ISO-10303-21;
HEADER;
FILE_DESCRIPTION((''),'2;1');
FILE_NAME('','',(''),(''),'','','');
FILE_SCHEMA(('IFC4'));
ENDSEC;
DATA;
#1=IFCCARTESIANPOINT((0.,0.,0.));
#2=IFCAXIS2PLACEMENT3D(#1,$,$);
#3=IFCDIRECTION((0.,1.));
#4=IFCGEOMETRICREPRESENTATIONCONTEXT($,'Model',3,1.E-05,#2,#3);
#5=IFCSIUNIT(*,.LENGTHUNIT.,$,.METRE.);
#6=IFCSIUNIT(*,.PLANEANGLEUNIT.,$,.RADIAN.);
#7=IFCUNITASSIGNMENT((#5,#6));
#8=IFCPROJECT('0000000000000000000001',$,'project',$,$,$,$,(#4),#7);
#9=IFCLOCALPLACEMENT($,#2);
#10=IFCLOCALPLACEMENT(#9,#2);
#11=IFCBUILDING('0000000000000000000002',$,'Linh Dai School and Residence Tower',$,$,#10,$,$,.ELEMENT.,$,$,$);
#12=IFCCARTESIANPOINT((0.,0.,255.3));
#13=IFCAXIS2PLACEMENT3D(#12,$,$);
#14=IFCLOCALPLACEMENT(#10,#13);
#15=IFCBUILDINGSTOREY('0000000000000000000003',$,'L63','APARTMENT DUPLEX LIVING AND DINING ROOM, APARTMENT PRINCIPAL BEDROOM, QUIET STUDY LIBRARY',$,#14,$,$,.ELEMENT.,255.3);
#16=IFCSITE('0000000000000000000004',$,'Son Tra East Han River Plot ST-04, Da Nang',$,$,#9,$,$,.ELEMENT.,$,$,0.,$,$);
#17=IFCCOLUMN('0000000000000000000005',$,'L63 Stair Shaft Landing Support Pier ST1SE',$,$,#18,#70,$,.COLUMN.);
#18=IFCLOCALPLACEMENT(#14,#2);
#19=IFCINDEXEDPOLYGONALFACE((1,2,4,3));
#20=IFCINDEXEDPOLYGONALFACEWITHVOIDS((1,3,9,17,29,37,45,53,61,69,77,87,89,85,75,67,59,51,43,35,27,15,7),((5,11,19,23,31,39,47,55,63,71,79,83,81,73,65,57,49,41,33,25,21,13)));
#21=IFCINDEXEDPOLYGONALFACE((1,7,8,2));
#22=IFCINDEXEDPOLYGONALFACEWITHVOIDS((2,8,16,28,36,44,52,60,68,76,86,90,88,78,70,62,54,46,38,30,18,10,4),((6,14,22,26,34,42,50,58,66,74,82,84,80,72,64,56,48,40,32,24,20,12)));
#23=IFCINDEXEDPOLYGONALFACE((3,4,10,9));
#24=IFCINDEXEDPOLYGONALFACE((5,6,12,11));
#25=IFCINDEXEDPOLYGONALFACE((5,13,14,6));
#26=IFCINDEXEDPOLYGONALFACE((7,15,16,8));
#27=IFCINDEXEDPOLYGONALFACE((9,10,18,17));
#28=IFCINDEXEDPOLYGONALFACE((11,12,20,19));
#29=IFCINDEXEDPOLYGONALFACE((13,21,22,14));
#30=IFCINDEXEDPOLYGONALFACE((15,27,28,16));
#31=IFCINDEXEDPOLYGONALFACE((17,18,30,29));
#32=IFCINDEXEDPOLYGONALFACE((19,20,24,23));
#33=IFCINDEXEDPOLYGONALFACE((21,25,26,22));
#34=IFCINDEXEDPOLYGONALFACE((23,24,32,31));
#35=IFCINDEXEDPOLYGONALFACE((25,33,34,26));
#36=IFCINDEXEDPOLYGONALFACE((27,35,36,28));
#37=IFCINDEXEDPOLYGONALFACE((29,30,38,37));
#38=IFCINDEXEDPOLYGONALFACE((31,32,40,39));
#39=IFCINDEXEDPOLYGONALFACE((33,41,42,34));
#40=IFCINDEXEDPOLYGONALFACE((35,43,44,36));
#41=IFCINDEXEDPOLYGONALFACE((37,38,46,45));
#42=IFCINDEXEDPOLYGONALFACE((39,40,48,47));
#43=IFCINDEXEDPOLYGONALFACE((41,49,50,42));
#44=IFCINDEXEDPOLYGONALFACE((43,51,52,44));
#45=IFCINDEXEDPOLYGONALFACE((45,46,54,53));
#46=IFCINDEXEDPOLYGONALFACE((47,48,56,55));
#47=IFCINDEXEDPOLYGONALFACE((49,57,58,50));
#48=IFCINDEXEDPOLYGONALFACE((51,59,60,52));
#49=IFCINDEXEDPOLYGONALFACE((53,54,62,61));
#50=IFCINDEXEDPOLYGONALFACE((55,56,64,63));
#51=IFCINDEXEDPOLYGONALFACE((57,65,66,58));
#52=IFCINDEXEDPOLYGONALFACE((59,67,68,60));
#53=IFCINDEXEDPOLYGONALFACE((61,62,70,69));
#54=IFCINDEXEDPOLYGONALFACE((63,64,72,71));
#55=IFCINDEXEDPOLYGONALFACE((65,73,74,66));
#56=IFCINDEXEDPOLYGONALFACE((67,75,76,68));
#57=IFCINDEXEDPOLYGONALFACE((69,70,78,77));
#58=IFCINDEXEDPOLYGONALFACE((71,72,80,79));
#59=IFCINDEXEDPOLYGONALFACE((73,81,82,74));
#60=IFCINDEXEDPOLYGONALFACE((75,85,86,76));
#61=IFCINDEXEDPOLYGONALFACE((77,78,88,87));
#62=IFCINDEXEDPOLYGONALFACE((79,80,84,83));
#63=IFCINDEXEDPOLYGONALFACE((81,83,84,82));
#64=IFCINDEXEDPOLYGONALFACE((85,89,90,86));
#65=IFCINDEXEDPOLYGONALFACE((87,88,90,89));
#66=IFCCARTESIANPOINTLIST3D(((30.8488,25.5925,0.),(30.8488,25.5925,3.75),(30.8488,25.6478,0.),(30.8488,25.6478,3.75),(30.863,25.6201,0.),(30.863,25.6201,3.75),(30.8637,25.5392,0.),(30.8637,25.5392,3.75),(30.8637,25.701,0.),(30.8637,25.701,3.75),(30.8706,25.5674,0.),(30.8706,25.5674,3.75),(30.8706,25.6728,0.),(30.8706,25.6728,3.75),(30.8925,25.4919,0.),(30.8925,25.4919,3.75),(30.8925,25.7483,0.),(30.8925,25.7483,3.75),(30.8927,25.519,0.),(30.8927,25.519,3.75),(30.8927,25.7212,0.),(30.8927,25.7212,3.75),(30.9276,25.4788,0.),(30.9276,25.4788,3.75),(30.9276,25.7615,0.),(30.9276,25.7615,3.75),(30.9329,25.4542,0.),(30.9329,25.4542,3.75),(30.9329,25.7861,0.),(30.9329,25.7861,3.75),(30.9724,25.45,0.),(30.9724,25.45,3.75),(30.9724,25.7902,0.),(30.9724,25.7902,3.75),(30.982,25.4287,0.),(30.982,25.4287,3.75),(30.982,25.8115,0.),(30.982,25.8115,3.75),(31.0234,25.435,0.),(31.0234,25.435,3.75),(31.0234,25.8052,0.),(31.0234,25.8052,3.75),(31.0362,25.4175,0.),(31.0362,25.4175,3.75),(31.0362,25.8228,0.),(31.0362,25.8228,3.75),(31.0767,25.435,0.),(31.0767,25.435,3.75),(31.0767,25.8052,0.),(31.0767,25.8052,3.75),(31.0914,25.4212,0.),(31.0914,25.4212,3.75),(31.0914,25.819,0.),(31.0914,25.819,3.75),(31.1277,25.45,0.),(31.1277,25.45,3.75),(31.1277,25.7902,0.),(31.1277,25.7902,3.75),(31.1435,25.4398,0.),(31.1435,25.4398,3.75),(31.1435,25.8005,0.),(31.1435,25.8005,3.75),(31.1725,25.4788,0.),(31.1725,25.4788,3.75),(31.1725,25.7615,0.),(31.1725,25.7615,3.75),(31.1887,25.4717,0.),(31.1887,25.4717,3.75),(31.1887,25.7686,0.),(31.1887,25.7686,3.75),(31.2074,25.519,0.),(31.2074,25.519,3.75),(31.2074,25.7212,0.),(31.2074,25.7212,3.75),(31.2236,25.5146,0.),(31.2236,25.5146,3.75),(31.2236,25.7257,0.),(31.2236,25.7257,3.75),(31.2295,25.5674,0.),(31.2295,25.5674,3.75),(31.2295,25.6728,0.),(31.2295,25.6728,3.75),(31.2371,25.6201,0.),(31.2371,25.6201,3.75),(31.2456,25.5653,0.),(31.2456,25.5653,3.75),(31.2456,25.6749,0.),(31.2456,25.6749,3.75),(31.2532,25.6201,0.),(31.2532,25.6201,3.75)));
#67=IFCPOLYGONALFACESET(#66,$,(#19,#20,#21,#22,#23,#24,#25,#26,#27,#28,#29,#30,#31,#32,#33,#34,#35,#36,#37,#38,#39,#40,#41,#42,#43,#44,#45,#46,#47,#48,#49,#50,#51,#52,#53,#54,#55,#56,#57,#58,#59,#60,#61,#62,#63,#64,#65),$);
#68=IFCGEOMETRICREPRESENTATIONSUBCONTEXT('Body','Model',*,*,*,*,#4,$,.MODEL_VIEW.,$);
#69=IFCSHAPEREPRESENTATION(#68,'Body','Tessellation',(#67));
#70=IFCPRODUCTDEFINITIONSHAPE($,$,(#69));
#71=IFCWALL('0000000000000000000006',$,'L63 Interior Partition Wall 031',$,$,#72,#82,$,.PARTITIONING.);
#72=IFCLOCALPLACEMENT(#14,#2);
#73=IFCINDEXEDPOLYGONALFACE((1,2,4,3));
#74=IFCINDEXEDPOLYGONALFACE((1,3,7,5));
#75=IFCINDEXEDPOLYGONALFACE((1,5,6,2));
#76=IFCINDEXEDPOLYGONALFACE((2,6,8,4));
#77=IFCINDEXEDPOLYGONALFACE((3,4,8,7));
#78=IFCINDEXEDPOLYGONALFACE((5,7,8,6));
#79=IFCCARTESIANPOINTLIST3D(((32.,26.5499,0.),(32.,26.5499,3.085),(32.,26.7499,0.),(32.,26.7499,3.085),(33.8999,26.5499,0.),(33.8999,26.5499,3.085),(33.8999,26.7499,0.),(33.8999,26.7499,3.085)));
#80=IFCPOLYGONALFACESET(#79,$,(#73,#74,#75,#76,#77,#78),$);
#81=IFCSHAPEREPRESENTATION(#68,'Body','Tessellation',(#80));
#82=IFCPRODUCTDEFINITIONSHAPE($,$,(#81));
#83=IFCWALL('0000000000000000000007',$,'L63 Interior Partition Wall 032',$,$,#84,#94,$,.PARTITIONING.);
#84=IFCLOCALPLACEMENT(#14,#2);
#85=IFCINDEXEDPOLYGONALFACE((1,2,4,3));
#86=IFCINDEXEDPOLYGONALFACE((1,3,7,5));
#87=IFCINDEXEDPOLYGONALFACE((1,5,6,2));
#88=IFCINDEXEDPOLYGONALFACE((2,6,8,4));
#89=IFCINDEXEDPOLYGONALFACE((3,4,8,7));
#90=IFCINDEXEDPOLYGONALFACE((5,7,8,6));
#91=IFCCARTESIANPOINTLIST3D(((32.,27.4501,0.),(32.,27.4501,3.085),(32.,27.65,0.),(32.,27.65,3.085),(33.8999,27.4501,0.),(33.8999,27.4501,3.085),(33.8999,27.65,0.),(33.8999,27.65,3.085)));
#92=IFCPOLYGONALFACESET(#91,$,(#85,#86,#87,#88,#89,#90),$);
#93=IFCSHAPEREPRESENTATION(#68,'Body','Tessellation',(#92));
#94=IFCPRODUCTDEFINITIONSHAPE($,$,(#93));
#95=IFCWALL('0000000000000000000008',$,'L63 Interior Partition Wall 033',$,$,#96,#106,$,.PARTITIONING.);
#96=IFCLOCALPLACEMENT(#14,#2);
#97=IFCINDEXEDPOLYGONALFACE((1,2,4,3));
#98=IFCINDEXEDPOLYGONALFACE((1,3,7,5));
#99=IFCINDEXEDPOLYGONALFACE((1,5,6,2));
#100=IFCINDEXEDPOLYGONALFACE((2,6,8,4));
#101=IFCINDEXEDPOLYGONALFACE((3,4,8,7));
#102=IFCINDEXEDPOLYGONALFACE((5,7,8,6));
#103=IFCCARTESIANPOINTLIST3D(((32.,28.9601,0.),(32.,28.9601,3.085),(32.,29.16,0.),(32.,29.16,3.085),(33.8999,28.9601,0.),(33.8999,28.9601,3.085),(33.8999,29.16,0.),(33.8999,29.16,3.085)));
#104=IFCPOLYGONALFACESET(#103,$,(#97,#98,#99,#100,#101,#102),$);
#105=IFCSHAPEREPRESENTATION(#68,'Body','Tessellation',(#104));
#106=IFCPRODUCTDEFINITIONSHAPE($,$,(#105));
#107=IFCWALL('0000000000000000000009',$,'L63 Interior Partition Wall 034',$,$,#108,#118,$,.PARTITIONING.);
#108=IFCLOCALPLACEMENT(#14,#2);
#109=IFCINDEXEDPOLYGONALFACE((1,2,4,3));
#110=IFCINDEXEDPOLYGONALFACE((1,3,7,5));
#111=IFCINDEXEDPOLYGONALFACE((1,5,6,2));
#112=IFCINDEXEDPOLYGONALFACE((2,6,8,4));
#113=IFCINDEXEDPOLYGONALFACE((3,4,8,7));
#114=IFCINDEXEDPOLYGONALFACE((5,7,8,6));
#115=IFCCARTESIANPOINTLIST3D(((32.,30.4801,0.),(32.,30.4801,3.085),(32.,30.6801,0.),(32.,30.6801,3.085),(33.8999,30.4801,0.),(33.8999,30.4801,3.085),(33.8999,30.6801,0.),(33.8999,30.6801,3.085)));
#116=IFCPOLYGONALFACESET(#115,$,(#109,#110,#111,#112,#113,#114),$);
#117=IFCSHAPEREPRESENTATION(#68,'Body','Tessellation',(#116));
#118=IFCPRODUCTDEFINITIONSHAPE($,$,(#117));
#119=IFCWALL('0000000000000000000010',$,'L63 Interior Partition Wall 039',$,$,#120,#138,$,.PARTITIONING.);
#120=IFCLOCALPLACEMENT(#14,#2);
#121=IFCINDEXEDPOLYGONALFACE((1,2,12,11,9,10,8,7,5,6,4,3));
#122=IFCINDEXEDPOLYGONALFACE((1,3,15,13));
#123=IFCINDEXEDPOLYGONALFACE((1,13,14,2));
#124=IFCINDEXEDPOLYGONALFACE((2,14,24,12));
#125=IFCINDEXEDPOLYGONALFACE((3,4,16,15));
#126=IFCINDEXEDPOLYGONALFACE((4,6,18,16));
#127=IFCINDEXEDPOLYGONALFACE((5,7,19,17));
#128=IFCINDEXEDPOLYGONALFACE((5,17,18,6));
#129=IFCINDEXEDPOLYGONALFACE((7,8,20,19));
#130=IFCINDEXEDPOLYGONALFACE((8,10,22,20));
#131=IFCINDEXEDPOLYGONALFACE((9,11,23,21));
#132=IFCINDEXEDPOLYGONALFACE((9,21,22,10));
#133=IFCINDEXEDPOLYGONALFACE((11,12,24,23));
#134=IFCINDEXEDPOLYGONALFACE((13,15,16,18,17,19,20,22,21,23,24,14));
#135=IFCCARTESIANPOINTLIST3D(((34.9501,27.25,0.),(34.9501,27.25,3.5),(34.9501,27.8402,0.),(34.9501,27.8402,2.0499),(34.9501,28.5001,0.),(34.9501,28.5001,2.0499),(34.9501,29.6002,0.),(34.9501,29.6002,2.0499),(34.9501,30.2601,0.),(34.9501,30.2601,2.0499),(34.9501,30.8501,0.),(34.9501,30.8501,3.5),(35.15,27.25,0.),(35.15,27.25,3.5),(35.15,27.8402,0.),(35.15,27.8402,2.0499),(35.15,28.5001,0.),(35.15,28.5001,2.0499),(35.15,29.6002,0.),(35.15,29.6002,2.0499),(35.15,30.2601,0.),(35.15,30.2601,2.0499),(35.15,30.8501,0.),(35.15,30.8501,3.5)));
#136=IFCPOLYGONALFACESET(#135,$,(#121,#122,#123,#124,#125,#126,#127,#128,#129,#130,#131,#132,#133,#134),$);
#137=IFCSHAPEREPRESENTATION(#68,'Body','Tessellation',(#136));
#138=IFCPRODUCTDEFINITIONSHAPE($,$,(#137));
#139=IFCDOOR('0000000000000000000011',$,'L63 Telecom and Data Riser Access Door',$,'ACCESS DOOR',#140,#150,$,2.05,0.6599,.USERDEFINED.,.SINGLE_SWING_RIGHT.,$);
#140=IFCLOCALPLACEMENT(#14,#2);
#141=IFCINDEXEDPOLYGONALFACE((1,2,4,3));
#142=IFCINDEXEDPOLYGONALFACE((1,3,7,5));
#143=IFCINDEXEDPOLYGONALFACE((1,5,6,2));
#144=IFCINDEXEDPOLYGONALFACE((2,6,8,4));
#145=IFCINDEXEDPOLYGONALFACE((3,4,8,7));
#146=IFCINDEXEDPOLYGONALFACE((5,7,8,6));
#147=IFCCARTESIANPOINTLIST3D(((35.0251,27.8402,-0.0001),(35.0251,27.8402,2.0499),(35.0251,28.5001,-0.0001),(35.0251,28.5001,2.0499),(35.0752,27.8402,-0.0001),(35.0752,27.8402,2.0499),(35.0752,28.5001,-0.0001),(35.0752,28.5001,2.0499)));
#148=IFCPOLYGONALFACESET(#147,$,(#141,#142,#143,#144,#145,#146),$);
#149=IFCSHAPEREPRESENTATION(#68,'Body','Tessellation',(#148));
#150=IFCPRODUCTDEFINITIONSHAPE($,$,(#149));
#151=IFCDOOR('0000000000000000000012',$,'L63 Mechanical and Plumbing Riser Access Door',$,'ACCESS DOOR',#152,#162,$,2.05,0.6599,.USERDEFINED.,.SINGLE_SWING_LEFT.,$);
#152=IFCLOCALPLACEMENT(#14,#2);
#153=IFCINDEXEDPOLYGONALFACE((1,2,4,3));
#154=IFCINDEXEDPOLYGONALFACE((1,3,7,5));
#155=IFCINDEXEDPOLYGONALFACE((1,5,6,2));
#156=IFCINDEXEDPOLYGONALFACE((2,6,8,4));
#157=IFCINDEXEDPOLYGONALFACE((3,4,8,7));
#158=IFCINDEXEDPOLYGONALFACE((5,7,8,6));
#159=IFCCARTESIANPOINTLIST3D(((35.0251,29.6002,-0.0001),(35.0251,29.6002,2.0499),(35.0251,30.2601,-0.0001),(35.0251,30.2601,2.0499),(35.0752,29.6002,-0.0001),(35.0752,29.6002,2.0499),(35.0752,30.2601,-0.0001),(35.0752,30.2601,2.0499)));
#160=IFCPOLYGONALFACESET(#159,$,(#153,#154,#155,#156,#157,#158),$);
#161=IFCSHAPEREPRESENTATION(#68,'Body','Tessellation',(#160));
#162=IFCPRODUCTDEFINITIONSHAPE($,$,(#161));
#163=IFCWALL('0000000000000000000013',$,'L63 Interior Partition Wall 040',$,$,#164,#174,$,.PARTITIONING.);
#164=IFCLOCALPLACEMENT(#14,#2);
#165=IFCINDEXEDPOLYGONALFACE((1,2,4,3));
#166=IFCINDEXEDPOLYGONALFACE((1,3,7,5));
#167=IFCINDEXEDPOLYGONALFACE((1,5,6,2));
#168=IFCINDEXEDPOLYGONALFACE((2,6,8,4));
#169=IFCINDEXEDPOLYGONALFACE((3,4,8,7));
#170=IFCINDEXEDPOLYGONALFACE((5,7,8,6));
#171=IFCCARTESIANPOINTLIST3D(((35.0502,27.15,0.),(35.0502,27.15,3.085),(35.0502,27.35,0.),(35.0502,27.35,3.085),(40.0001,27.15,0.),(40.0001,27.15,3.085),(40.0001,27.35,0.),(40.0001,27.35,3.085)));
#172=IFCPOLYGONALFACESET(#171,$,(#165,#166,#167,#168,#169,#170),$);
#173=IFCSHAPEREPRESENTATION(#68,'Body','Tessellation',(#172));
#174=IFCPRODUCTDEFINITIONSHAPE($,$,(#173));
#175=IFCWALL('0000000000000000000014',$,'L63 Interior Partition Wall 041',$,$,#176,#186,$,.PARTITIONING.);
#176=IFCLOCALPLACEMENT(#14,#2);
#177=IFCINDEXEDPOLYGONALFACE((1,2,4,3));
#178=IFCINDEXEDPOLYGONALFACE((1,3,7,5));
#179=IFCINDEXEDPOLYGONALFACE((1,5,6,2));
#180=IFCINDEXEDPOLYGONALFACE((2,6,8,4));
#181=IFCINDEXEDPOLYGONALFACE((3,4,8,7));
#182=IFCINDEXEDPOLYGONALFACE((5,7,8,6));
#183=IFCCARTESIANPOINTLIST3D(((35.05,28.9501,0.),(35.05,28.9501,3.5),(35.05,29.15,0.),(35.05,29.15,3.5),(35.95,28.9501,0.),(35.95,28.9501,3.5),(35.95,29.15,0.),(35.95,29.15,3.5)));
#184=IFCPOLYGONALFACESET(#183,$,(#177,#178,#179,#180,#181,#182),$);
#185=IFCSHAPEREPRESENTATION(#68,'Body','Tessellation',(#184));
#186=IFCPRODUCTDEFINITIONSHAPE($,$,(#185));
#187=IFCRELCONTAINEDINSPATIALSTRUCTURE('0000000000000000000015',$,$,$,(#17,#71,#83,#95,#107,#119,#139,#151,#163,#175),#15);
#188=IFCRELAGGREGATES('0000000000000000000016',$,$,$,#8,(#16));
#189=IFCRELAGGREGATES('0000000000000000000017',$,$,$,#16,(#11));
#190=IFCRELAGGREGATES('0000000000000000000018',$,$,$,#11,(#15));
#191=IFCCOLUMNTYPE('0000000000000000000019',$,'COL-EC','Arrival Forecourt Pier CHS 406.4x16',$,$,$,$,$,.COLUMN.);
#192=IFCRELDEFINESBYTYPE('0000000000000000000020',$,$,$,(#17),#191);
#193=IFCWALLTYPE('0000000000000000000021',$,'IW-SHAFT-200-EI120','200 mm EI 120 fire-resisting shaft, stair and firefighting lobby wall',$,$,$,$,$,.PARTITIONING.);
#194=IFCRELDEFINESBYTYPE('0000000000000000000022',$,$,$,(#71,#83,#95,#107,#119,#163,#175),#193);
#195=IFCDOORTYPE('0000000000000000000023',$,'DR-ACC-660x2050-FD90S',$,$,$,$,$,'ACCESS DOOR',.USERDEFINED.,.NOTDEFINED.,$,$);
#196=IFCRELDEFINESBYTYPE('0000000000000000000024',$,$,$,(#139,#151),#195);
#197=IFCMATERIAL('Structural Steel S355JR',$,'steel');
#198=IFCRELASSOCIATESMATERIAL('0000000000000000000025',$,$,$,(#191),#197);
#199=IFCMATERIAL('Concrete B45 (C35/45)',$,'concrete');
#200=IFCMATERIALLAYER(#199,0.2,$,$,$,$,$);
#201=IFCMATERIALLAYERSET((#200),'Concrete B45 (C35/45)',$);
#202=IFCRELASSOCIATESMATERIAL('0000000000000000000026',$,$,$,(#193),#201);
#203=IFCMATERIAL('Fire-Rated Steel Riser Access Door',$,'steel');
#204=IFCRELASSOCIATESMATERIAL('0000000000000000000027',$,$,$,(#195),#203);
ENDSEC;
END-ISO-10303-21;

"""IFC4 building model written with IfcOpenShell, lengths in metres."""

from ifc_helpers import new_model, si_unit, direction, frame, frame_2d, origin, origin_2d, place, context, subcontext, project, spatial, rectangle, hollow_circle, extrude, source, transform, mapped, material, layer, layer_set, material_profile, profile_set, type_object, element, fill, save


model = new_model("IFC4")

# Units and contexts
model_context = context("Model", 3, precision=1e-05, world=origin(), true_north=direction((0.0, 1.0)))
body_context = subcontext(model_context, "Body", "Model", "MODEL_VIEW")
ifc_project = project(units=[si_unit("LENGTHUNIT", "METRE"), si_unit("PLANEANGLEUNIT", "RADIAN")], contexts=[model_context])

# Site, building, storey
site_placement = place(None, origin())
site = spatial("IfcSite", under=ifc_project, at=site_placement, Name="Son Tra East Han River Plot ST-04, Da Nang", CompositionType="ELEMENT", RefElevation=0.0)
building_placement = place(site_placement, origin())
building = spatial("IfcBuilding", under=site, at=building_placement, Name="Linh Dai School and Residence Tower", CompositionType="ELEMENT")
storey_placement = place(building_placement, frame((0.0, 0.0, 255.3)))
storey = spatial("IfcBuildingStorey", under=building, at=storey_placement, Name="L63", Description="APARTMENT DUPLEX LIVING AND DINING ROOM, APARTMENT PRINCIPAL BEDROOM, QUIET STUDY LIBRARY", CompositionType="ELEMENT", Elevation=255.3)

# Column
ifc_material_1 = material(Name="Structural Steel S355JR", Category="steel")
ifc_material_profile = material_profile(ifc_material_1, hollow_circle(Radius=0.2031, WallThickness=0.0161, at=origin_2d()), Name="CHS 406.4x16")
ifc_profile_set = profile_set([ifc_material_profile], Name="Structural Steel S355JR")
column_type = type_object("IfcColumnType", Name="COL-EC", Description="Arrival Forecourt Pier CHS 406.4x16", PredefinedType="COLUMN", material=ifc_profile_set)
column_placement = place(storey_placement, frame((31.05, 25.6201, 0.0), z_axis=(0.0, 0.0, 1.0), x_axis=(1.0, 0.0, 0.0)))
element("IfcColumn", 1, at=column_placement, inside=storey, type_object=column_type, Name="L63 Stair Shaft Landing Support Pier ST1SE", PredefinedType="COLUMN", context=body_context, shape_type="SweptSolid", body=[
    extrude(hollow_circle(Radius=0.2031, WallThickness=0.0161, at=origin_2d()), origin(), (0.0, 0.0, 1.0), 3.75),
])

# Walls
ifc_material_2 = material(Name="Concrete B45 (C35/45)", Category="concrete")
ifc_layer_1 = layer(ifc_material_2, 0.2)
ifc_layer_set_1 = layer_set([ifc_layer_1], Name="Concrete B45 (C35/45)")
wall_type_1 = type_object("IfcWallType", Name="IW-SHAFT-200-EI120", Description="200 mm EI 120 fire-resisting shaft, stair and firefighting lobby wall", PredefinedType="PARTITIONING", material=ifc_layer_set_1)
for number, where, z_axis, x_axis, name in (
    (2, (32.0, 26.6499, 0.0), (0.0, 0.0, 1.0), (1.0, 0.0, 0.0), "L63 Interior Partition Wall 031"),
    (3, (32.0, 27.55, 0.0), (0.0, 0.0, 1.0), (1.0, 0.0, 0.0), "L63 Interior Partition Wall 032"),
    (4, (32.0, 29.0601, 0.0), (0.0, 0.0, 1.0), (1.0, 0.0, 0.0), "L63 Interior Partition Wall 033"),
    (5, (32.0, 30.5801, 0.0), (0.0, 0.0, 1.0), (1.0, 0.0, 0.0), "L63 Interior Partition Wall 034"),
):
    element("IfcWall", number, at=place(storey_placement, frame(where, z_axis=z_axis, x_axis=x_axis)), inside=storey, type_object=wall_type_1, Name=name, PredefinedType="PARTITIONING", context=body_context, shape_type="SweptSolid", body=[
        extrude(rectangle(XDim=1.8999, YDim=0.2, at=frame_2d((0.95, 0.0))), origin(), (0.0, 0.0, 1.0), 3.085),
    ])

# Wall, openings, doors
wall_1_placement = place(storey_placement, frame((35.05, 27.25, 0.0), z_axis=(0.0, 0.0, 1.0), x_axis=(0.0, 1.0, 0.0)))
wall_1 = element("IfcWall", 6, at=wall_1_placement, inside=storey, type_object=wall_type_1, Name="L63 Interior Partition Wall 039", PredefinedType="PARTITIONING", context=body_context, shape_type="SweptSolid", body=[
    extrude(rectangle(XDim=3.6001, YDim=0.2, at=frame_2d((1.8, 0.0))), origin(), (0.0, 0.0, 1.0), 3.5),
])
opening_1_placement = place(wall_1_placement, frame((0.5901, 0.0, 0.0)))
opening_1 = element("IfcOpeningElement", 7, at=opening_1_placement, cuts=wall_1, PredefinedType="OPENING", context=body_context, shape_type="SweptSolid", body=[
    extrude(rectangle(XDim=0.6599, YDim=2.05, at=origin_2d()), frame((0.3301, 0.1099, 1.0249), z_axis=(0.0, -1.0, 0.0), x_axis=(1.0, 0.0, 0.0)), (0.0, 0.0, 1.0), 0.22),
])
opening_2_placement = place(wall_1_placement, frame((2.3501, 0.0, 0.0)))
opening_2 = element("IfcOpeningElement", 8, at=opening_2_placement, cuts=wall_1, PredefinedType="OPENING", context=body_context, shape_type="SweptSolid", body=[
    extrude(rectangle(XDim=0.6599, YDim=2.05, at=origin_2d()), frame((0.3301, 0.1099, 1.0249), z_axis=(0.0, -1.0, 0.0), x_axis=(1.0, 0.0, 0.0)), (0.0, 0.0, 1.0), 0.22),
])
ifc_material_3 = material(Name="Fire-Rated Steel Riser Access Door", Category="steel")
door_type = type_object("IfcDoorType", Name="DR-ACC-660x2050-FD90S", ElementType="ACCESS DOOR", OperationType="NOTDEFINED", PredefinedType="USERDEFINED", material=ifc_material_3)
shared_shape_1 = source(origin(), body_context, "Body", "SweptSolid", [
    extrude(rectangle(XDim=0.6599, YDim=2.05, at=origin_2d()), frame((0.3301, 0.0249, 1.0249), z_axis=(0.0, -1.0, 0.0), x_axis=(1.0, 0.0, 0.0)), (0.0, 0.0, 1.0), 0.05),
])
door_1_placement = place(opening_1_placement, origin())
door_1 = element("IfcDoor", 9, at=door_1_placement, inside=storey, type_object=door_type, Name="L63 Telecom and Data Riser Access Door", ObjectType="ACCESS DOOR", OperationType="SINGLE_SWING_RIGHT", OverallHeight=2.05, OverallWidth=0.6599, PredefinedType="USERDEFINED", context=body_context, shape_type="MappedRepresentation", body=[
    mapped(shared_shape_1, transform((0.0, 0.0, 0.0), x_axis=(1.0, 0.0, 0.0), y_axis=(0.0, 1.0, 0.0), z_axis=(0.0, 0.0, 1.0), scale=1.0)),
])
fill(opening_1, door_1)
door_2_placement = place(opening_2_placement, origin())
door_2 = element("IfcDoor", 10, at=door_2_placement, inside=storey, type_object=door_type, Name="L63 Mechanical and Plumbing Riser Access Door", ObjectType="ACCESS DOOR", OperationType="SINGLE_SWING_LEFT", OverallHeight=2.05, OverallWidth=0.6599, PredefinedType="USERDEFINED", context=body_context, shape_type="MappedRepresentation", body=[
    mapped(shared_shape_1, transform((0.0, 0.0, 0.0), x_axis=(1.0, 0.0, 0.0), y_axis=(0.0, 1.0, 0.0), z_axis=(0.0, 0.0, 1.0), scale=1.0)),
])
fill(opening_2, door_2)

# Walls
wall_2_placement = place(storey_placement, frame((35.05, 27.25, 0.0), z_axis=(0.0, 0.0, 1.0), x_axis=(1.0, 0.0, 0.0)))
element("IfcWall", 11, at=wall_2_placement, inside=storey, type_object=wall_type_1, Name="L63 Interior Partition Wall 040", PredefinedType="PARTITIONING", context=body_context, shape_type="SweptSolid", body=[
    extrude(rectangle(XDim=4.95, YDim=0.2, at=frame_2d((2.4751, 0.0))), origin(), (0.0, 0.0, 1.0), 3.085),
])
wall_3_placement = place(storey_placement, frame((35.05, 29.05, 0.0), z_axis=(0.0, 0.0, 1.0), x_axis=(1.0, 0.0, 0.0)))
element("IfcWall", 12, at=wall_3_placement, inside=storey, type_object=wall_type_1, Name="L63 Interior Partition Wall 041", PredefinedType="PARTITIONING", context=body_context, shape_type="SweptSolid", body=[
    extrude(rectangle(XDim=0.8999, YDim=0.2, at=frame_2d((0.45, 0.0))), origin(), (0.0, 0.0, 1.0), 3.5),
])

save(model, "model.ifc")
